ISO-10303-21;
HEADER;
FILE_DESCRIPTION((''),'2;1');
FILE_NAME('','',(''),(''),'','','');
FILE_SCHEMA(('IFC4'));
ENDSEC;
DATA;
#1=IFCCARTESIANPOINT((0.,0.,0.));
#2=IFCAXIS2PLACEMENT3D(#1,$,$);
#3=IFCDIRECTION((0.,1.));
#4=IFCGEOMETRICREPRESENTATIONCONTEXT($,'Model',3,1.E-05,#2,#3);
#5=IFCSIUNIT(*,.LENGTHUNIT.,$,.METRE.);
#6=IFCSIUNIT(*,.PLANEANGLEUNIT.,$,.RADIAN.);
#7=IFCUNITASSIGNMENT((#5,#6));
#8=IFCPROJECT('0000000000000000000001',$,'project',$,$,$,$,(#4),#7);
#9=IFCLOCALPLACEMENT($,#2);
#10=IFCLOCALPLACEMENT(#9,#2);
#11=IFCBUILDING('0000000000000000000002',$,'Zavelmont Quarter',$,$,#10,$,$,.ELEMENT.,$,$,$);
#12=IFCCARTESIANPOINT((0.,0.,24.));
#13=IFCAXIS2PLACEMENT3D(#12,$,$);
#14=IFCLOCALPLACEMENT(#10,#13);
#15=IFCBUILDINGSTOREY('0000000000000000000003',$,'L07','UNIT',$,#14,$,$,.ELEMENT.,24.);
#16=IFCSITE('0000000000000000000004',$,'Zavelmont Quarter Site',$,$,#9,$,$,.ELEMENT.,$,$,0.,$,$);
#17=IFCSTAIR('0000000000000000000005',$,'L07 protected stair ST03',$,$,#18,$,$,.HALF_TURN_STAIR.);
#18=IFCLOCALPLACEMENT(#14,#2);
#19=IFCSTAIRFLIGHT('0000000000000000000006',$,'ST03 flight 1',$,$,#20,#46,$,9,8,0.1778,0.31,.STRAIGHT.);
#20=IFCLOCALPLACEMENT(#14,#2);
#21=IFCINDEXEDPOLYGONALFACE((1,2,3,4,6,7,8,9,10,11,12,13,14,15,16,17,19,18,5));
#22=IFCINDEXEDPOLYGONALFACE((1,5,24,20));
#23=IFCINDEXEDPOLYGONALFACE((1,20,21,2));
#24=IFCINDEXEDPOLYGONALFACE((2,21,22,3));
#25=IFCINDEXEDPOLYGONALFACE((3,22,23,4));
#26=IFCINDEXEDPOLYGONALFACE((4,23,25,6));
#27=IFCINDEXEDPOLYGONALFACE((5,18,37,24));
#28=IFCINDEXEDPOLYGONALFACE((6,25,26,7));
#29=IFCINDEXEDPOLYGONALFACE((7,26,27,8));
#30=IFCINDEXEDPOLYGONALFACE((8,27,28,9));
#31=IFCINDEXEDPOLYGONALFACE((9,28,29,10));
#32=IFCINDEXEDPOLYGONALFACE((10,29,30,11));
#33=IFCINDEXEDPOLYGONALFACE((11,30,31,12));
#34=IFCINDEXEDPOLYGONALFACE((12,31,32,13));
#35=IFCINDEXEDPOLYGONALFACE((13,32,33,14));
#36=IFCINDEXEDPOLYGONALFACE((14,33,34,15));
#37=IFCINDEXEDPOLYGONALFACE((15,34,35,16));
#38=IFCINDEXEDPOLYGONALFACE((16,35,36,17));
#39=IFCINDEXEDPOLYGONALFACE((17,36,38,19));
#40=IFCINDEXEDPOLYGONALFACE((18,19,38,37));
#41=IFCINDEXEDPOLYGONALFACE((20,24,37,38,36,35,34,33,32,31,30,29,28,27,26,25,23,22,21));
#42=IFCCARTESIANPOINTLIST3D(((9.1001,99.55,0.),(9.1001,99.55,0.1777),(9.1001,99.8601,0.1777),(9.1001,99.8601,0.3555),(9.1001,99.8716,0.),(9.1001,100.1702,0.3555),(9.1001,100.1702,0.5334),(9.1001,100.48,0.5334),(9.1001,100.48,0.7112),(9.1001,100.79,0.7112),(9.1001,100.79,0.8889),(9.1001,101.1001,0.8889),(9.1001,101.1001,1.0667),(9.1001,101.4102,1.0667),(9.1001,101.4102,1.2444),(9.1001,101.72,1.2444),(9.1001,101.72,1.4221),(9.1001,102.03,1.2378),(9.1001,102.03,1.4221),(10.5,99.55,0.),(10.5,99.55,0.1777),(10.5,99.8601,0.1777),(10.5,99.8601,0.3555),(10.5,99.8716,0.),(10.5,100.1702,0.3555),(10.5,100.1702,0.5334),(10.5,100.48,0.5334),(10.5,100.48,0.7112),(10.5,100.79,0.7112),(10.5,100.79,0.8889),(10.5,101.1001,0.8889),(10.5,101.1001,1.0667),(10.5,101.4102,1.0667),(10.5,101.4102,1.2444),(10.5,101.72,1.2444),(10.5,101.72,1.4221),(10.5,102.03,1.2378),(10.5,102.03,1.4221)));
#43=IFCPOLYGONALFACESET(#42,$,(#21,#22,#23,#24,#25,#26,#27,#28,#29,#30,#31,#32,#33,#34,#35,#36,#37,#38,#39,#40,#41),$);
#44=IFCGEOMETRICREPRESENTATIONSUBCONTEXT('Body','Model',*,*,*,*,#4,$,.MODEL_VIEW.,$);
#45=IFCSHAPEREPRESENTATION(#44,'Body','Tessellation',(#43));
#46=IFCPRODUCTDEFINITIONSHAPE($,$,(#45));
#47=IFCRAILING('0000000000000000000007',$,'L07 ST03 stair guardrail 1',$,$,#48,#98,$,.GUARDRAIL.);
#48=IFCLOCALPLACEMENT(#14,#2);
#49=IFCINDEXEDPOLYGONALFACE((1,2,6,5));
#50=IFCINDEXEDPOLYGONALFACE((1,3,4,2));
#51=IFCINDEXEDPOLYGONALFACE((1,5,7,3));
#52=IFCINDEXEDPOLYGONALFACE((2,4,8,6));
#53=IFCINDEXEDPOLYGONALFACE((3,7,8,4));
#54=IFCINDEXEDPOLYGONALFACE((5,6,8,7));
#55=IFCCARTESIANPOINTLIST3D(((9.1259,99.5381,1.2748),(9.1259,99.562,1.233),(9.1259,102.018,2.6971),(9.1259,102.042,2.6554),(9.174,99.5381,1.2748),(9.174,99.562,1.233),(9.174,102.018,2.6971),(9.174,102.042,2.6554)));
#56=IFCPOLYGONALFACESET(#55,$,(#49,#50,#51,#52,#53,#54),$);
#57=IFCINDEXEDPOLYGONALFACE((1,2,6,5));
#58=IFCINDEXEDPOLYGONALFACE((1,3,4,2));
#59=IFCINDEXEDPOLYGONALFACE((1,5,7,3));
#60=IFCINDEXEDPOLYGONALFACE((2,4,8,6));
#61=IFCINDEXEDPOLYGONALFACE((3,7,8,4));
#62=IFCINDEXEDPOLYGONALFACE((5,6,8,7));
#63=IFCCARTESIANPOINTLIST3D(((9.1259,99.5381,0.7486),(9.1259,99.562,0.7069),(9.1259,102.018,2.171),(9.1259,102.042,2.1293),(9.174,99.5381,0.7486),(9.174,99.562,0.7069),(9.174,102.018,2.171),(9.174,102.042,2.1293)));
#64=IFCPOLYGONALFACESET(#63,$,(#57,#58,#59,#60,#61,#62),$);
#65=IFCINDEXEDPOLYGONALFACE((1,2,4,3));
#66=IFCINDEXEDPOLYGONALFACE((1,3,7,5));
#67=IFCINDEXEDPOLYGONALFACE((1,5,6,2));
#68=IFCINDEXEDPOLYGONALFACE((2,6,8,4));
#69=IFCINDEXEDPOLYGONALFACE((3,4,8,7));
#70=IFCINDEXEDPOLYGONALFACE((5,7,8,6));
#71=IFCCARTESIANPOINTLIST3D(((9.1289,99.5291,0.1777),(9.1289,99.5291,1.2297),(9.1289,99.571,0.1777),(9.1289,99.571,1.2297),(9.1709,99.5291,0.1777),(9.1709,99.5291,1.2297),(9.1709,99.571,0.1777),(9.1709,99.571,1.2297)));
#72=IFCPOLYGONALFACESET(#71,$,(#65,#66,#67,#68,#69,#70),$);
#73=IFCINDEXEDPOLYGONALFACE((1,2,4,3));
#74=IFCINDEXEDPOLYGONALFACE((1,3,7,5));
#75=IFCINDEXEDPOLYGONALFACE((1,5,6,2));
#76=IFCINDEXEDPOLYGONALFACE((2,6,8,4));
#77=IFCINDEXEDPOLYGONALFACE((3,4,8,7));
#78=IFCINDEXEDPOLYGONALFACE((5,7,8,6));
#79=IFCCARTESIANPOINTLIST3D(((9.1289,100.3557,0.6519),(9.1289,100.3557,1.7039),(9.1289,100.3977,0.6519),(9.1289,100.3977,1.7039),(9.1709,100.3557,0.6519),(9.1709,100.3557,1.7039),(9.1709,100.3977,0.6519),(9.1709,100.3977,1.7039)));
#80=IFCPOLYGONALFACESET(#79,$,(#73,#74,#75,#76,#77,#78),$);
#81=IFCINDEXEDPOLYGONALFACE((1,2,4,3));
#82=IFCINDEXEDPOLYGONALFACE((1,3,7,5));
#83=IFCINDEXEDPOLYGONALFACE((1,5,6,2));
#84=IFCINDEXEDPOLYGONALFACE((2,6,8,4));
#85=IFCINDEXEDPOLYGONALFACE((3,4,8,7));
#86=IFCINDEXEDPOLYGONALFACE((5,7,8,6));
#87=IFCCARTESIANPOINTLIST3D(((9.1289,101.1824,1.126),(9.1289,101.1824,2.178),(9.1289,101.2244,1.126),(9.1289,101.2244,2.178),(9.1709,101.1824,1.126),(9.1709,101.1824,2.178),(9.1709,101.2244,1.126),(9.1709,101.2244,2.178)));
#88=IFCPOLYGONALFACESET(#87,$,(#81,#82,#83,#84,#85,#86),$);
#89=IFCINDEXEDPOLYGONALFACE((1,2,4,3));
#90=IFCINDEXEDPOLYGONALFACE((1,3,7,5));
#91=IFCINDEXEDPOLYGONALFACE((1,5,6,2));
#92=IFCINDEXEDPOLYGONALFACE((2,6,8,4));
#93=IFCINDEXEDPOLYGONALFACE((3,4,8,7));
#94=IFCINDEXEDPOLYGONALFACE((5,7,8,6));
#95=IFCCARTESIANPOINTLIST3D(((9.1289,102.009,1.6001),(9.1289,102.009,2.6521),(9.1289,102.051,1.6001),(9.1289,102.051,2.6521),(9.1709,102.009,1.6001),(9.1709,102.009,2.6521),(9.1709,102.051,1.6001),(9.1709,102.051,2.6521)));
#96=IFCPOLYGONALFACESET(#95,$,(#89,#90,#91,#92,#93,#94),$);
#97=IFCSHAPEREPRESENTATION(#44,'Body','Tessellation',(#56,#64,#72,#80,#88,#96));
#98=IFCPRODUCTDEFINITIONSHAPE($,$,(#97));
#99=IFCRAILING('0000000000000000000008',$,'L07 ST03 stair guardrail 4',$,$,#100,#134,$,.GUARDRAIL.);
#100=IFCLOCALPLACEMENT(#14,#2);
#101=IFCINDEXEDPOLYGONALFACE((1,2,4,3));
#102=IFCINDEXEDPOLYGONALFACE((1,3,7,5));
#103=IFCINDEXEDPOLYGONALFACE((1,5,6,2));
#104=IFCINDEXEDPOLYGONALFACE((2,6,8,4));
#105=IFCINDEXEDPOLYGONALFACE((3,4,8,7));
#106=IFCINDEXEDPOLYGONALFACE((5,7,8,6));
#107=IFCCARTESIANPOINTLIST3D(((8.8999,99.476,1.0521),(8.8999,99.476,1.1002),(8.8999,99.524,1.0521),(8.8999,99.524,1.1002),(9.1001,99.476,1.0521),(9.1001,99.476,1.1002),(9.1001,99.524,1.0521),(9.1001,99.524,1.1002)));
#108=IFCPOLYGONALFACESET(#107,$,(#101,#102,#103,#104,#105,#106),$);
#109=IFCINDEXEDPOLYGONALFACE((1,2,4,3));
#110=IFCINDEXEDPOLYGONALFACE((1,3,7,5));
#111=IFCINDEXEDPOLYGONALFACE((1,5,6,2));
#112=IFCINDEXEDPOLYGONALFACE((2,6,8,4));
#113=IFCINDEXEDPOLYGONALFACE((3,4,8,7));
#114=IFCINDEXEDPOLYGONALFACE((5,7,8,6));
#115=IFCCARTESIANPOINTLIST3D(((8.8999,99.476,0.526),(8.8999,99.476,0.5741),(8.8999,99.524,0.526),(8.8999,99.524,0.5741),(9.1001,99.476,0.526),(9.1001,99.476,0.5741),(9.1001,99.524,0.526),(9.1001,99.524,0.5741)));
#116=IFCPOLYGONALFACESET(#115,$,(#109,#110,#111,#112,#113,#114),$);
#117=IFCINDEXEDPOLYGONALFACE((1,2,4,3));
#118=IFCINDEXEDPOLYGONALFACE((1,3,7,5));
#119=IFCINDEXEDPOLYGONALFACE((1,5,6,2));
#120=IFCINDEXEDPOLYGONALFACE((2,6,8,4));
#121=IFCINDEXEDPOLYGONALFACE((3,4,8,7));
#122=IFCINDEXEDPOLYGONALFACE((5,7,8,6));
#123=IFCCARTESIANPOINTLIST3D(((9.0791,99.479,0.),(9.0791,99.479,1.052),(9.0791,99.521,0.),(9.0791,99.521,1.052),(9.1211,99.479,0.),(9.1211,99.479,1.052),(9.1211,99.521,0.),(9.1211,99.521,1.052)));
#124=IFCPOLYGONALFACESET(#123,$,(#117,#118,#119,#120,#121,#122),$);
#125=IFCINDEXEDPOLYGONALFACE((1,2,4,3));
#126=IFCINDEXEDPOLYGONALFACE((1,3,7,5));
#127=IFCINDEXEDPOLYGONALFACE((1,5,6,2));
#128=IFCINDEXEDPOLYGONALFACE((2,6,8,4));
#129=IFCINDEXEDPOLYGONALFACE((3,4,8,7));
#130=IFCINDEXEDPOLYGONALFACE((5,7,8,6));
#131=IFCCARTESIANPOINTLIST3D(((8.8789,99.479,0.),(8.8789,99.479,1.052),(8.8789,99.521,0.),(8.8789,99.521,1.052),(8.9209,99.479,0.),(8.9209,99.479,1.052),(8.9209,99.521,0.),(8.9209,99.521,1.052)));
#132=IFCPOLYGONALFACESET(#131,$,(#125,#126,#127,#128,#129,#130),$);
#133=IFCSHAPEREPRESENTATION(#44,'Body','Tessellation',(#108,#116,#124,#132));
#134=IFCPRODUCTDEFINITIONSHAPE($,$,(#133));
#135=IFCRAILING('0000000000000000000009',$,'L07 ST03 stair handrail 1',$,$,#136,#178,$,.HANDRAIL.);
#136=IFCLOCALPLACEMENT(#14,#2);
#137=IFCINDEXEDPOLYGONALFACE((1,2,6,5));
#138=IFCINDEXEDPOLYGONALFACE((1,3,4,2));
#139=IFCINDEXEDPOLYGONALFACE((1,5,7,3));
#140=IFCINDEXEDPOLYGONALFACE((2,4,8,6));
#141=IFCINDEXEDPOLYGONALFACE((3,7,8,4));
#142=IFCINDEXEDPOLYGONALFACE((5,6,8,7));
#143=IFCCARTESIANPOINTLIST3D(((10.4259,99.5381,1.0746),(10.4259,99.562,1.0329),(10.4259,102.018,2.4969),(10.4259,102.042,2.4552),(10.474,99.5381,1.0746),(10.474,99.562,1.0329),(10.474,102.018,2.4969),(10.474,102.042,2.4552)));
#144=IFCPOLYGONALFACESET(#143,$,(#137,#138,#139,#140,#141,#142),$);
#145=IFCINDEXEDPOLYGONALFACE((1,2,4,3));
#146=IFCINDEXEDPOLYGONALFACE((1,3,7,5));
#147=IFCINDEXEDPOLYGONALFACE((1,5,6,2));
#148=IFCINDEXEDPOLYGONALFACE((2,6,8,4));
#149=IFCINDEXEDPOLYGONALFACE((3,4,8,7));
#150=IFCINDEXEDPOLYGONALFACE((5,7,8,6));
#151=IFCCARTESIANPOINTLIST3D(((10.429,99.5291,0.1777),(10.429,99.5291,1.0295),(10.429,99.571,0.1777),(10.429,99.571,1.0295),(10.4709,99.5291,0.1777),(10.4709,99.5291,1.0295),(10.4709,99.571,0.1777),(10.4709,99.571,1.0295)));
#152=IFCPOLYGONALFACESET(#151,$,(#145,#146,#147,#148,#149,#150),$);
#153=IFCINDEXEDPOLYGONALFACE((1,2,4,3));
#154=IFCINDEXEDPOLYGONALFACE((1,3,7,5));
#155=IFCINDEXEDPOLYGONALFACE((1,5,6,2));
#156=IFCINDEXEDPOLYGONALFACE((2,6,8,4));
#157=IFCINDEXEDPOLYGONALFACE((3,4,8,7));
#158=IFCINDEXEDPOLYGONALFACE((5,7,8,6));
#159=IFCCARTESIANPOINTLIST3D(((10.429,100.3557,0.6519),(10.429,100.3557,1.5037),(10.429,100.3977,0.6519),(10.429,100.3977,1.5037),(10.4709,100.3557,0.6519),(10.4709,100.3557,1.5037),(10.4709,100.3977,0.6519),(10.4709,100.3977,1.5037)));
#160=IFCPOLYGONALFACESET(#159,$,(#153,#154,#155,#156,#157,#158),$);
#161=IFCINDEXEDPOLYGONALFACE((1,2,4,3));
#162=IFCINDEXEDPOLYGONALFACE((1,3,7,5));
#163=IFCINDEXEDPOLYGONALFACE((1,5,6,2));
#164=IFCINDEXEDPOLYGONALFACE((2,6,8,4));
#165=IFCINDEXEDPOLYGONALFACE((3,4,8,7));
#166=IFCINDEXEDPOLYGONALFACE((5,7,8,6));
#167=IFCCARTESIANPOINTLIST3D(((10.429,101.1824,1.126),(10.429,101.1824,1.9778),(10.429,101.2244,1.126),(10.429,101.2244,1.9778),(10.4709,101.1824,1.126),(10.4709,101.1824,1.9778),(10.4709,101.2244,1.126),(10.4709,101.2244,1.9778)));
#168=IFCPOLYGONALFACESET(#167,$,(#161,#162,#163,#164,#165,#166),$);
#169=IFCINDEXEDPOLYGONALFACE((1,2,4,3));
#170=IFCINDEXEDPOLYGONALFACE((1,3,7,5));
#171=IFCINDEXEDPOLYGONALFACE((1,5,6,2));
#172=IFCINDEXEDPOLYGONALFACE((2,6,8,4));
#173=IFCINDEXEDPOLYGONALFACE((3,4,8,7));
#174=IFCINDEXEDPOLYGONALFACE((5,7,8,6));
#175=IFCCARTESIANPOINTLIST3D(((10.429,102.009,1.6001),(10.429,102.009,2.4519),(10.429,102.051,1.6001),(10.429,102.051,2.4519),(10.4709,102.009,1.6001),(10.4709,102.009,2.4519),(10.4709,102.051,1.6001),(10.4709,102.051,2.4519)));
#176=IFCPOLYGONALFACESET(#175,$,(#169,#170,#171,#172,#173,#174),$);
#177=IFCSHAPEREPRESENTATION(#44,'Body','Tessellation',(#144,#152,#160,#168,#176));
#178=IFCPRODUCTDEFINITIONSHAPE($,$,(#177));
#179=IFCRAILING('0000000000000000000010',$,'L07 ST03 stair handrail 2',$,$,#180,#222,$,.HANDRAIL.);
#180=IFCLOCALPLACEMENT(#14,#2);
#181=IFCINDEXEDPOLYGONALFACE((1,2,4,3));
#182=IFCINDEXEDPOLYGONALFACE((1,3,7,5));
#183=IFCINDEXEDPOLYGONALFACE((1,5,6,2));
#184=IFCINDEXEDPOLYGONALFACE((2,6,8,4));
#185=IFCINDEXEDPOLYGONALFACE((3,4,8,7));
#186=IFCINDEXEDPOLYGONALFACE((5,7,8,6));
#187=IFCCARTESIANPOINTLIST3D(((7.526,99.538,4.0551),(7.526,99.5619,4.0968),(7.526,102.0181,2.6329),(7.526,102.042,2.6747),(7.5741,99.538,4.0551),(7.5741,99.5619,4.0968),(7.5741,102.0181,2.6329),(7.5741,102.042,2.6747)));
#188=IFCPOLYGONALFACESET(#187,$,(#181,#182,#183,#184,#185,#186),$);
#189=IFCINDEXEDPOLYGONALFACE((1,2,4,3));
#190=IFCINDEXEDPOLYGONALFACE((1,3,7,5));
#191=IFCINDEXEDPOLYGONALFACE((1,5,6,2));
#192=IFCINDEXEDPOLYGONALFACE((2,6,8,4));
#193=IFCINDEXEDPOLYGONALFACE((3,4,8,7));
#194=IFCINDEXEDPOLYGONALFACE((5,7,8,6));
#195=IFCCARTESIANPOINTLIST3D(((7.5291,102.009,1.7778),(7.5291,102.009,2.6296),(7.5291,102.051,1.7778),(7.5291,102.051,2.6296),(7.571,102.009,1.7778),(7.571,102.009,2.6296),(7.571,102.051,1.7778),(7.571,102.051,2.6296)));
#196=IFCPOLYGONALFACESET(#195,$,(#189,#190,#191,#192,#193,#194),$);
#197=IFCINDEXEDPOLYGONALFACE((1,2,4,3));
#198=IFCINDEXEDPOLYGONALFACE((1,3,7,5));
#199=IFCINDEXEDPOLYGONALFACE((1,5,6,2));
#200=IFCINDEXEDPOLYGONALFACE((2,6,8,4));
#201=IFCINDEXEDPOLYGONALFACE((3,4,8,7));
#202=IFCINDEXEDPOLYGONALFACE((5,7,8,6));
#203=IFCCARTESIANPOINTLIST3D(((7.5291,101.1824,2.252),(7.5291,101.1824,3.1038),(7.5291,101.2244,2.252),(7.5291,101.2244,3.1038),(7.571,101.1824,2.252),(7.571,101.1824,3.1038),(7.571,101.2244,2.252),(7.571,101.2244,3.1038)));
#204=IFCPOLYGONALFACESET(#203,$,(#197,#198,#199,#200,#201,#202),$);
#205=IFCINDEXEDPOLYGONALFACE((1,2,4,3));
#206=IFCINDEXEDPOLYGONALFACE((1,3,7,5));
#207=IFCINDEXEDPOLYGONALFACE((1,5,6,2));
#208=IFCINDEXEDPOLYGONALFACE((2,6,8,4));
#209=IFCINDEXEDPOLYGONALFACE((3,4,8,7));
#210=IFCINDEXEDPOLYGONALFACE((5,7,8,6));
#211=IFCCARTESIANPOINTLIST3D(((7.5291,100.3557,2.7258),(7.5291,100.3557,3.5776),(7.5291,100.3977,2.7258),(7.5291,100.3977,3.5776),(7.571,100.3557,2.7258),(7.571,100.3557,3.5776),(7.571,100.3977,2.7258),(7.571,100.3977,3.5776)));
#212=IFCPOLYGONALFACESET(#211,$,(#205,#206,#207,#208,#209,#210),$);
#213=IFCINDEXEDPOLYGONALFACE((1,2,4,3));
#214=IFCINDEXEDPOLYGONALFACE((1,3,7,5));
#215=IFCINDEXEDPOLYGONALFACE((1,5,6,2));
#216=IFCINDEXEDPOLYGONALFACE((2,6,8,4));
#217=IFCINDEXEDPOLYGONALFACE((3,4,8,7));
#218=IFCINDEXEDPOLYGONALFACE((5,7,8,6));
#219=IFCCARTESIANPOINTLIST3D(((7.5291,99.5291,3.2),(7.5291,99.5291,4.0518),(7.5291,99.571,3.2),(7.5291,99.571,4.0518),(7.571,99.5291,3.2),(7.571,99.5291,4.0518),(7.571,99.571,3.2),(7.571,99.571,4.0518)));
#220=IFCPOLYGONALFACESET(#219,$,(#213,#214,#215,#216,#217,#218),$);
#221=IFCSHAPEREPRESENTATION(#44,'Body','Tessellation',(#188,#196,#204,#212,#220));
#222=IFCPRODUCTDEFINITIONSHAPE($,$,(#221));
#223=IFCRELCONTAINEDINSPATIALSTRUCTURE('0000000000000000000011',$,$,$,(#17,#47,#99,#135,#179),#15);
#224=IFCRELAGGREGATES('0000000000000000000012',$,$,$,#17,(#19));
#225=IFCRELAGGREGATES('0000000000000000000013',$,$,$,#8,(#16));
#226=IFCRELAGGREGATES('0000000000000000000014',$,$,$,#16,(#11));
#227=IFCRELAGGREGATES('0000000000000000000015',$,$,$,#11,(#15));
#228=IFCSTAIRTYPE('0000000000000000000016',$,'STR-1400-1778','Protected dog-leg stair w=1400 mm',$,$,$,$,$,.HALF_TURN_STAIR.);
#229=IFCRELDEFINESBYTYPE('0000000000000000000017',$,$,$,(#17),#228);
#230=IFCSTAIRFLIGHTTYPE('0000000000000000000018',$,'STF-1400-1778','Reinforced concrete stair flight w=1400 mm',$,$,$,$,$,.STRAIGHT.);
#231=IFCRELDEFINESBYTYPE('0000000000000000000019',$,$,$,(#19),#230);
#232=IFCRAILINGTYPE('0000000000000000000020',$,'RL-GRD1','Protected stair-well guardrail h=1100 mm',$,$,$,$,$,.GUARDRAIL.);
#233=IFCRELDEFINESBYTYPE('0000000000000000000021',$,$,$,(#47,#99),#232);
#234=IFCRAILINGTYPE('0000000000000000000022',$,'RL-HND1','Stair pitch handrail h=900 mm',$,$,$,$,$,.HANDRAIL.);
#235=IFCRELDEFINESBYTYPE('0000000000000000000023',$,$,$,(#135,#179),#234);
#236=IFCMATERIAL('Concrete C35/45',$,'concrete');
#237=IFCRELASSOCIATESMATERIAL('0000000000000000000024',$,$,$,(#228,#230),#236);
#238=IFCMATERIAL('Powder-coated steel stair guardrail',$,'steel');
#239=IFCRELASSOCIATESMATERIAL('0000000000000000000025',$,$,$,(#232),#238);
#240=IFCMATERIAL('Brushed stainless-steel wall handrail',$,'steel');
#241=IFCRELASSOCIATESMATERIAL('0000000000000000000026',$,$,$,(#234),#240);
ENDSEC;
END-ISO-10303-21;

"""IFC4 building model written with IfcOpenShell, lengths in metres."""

from ifc_helpers import new_model, si_unit, direction, frame, origin, origin_2d, place, context, subcontext, project, spatial, polyline, rectangle, outline, extrude, material, type_object, element, aggregate, save


model = new_model("IFC4")

# Units and contexts
model_context = context("Model", 3, precision=1e-05, world=origin(), true_north=direction((0.0, 1.0)))
body_context = subcontext(model_context, "Body", "Model", "MODEL_VIEW")
ifc_project = project(units=[si_unit("LENGTHUNIT", "METRE"), si_unit("PLANEANGLEUNIT", "RADIAN")], contexts=[model_context])

# Site, building, storey
site_placement = place(None, origin())
site = spatial("IfcSite", under=ifc_project, at=site_placement, Name="Zavelmont Quarter Site", CompositionType="ELEMENT", RefElevation=0.0)
building_placement = place(site_placement, origin())
building = spatial("IfcBuilding", under=site, at=building_placement, Name="Zavelmont Quarter", CompositionType="ELEMENT")
storey_placement = place(building_placement, frame((0.0, 0.0, 24.0)))
storey = spatial("IfcBuildingStorey", under=building, at=storey_placement, Name="L07", Description="UNIT", CompositionType="ELEMENT", Elevation=24.0)

# Shared definitions
ifc_material_1 = material(Name="Concrete C35/45", Category="concrete")

# Stair, stair flight
stair_type = type_object("IfcStairType", Name="STR-1400-1778", Description="Protected dog-leg stair w=1400 mm", PredefinedType="HALF_TURN_STAIR", material=ifc_material_1)
stair_placement = place(storey_placement, origin())
stair = element("IfcStair", 1, at=stair_placement, inside=storey, type_object=stair_type, Name="L07 protected stair ST03", PredefinedType="HALF_TURN_STAIR")
stair_flight_type = type_object("IfcStairFlightType", Name="STF-1400-1778", Description="Reinforced concrete stair flight w=1400 mm", PredefinedType="STRAIGHT", material=ifc_material_1)
stair_flight_placement = place(storey_placement, frame((9.8, 99.55, 0.0), z_axis=(0.0, 0.0, 1.0), x_axis=(0.0, 1.0, 0.0)))
stair_flight = element("IfcStairFlight", 2, at=stair_flight_placement, type_object=stair_flight_type, Name="ST03 flight 1", NumberOfRisers=9, NumberOfTreads=8, PredefinedType="STRAIGHT", RiserHeight=0.1778, TreadLength=0.31, context=body_context, shape_type="SweptSolid", body=[
    extrude(outline(polyline([(0.0, 0.0), (0.0, 0.1777), (0.3101, 0.1777), (0.3101, 0.3555), (0.6201, 0.3555), (0.6201, 0.5334), (0.9299, 0.5334), (0.9299, 0.7112), (1.24, 0.7112), (1.24, 0.8889), (1.55, 0.8889), (1.55, 1.0667), (1.8601, 1.0667), (1.8601, 1.2444), (2.1699, 1.2444), (2.1699, 1.4221), (2.48, 1.4221), (2.48, 1.6001), (2.48, 1.2378), (0.3215, 0.0), (0.0, 0.0)])), frame((0.0, 0.7, 0.0), z_axis=(0.0, -1.0, 0.0), x_axis=(1.0, 0.0, 0.0)), (0.0, 0.0, 1.0), 1.3999),
])
aggregate(stair, [stair_flight])

# Railings
ifc_material_2 = material(Name="Powder-coated steel stair guardrail", Category="steel")
railing_type_1 = type_object("IfcRailingType", Name="RL-GRD1", Description="Protected stair-well guardrail h=1100 mm", PredefinedType="GUARDRAIL", material=ifc_material_2)
railing_1_placement = place(storey_placement, frame((9.1499, 99.55, 0.1777)))
element("IfcRailing", 3, at=railing_1_placement, inside=storey, type_object=railing_type_1, Name="L07 ST03 stair guardrail 1", PredefinedType="GUARDRAIL", context=body_context, shape_type="SweptSolid", body=[
    extrude(rectangle(XDim=0.0481, YDim=0.0481, at=origin_2d()), frame((0.0, 0.0, 1.0762), z_axis=(0.0, 0.867454, 0.497518), x_axis=(-1.0, 0.0, 0.0)), (0.0, 0.0, 1.0), 2.8589),
    extrude(rectangle(XDim=0.0481, YDim=0.0481, at=origin_2d()), frame((0.0, 0.0, 0.55), z_axis=(0.0, 0.867454, 0.497518), x_axis=(-1.0, 0.0, 0.0)), (0.0, 0.0, 1.0), 2.8589),
    extrude(rectangle(XDim=0.042, YDim=0.042, at=origin_2d()), origin(), (0.0, 0.0, 1.0), 1.052),
    extrude(rectangle(XDim=0.042, YDim=0.042, at=origin_2d()), frame((0.0, 0.8267, 0.4741)), (0.0, 0.0, 1.0), 1.052),
    extrude(rectangle(XDim=0.042, YDim=0.042, at=origin_2d()), frame((0.0, 1.6533, 0.9482)), (0.0, 0.0, 1.0), 1.052),
    extrude(rectangle(XDim=0.042, YDim=0.042, at=origin_2d()), frame((0.0, 2.48, 1.4224)), (0.0, 0.0, 1.0), 1.052),
])
railing_2_placement = place(storey_placement, frame((9.1001, 99.5, 0.0)))
element("IfcRailing", 4, at=railing_2_placement, inside=storey, type_object=railing_type_1, Name="L07 ST03 stair guardrail 4", PredefinedType="GUARDRAIL", context=body_context, shape_type="SweptSolid", body=[
    extrude(rectangle(XDim=0.0481, YDim=0.0481, at=origin_2d()), frame((0.0, 0.0, 1.0762), z_axis=(-1.0, 0.0, 0.0), x_axis=(0.0, -1.0, 0.0)), (0.0, 0.0, 1.0), 0.2002),
    extrude(rectangle(XDim=0.0481, YDim=0.0481, at=origin_2d()), frame((0.0, 0.0, 0.55), z_axis=(-1.0, 0.0, 0.0), x_axis=(0.0, -1.0, 0.0)), (0.0, 0.0, 1.0), 0.2002),
    extrude(rectangle(XDim=0.042, YDim=0.042, at=origin_2d()), origin(), (0.0, 0.0, 1.0), 1.052),
    extrude(rectangle(XDim=0.042, YDim=0.042, at=origin_2d()), frame((-0.2002, 0.0, 0.0)), (0.0, 0.0, 1.0), 1.052),
])
ifc_material_3 = material(Name="Brushed stainless-steel wall handrail", Category="steel")
railing_type_2 = type_object("IfcRailingType", Name="RL-HND1", Description="Stair pitch handrail h=900 mm", PredefinedType="HANDRAIL", material=ifc_material_3)
railing_3_placement = place(storey_placement, frame((10.45, 99.55, 0.1777)))
element("IfcRailing", 5, at=railing_3_placement, inside=storey, type_object=railing_type_2, Name="L07 ST03 stair handrail 1", PredefinedType="HANDRAIL", context=body_context, shape_type="SweptSolid", body=[
    extrude(rectangle(XDim=0.0481, YDim=0.0481, at=origin_2d()), frame((0.0, 0.0, 0.876), z_axis=(0.0, 0.867454, 0.497518), x_axis=(-1.0, 0.0, 0.0)), (0.0, 0.0, 1.0), 2.8589),
    extrude(rectangle(XDim=0.042, YDim=0.042, at=origin_2d()), origin(), (0.0, 0.0, 1.0), 0.8518),
    extrude(rectangle(XDim=0.042, YDim=0.042, at=origin_2d()), frame((0.0, 0.8267, 0.4741)), (0.0, 0.0, 1.0), 0.8518),
    extrude(rectangle(XDim=0.042, YDim=0.042, at=origin_2d()), frame((0.0, 1.6533, 0.9482)), (0.0, 0.0, 1.0), 0.8518),
    extrude(rectangle(XDim=0.042, YDim=0.042, at=origin_2d()), frame((0.0, 2.48, 1.4224)), (0.0, 0.0, 1.0), 0.8518),
])
railing_4_placement = place(storey_placement, frame((7.55, 102.03, 1.7778)))
element("IfcRailing", 6, at=railing_4_placement, inside=storey, type_object=railing_type_2, Name="L07 ST03 stair handrail 2", PredefinedType="HANDRAIL", context=body_context, shape_type="SweptSolid", body=[
    extrude(rectangle(XDim=0.0481, YDim=0.0481, at=origin_2d()), frame((0.0, 0.0, 0.876), z_axis=(0.0, -0.867491, 0.497454), x_axis=(1.0, 0.0, 0.0)), (0.0, 0.0, 1.0), 2.8589),
    extrude(rectangle(XDim=0.042, YDim=0.042, at=origin_2d()), origin(), (0.0, 0.0, 1.0), 0.8518),
    extrude(rectangle(XDim=0.042, YDim=0.042, at=origin_2d()), frame((0.0, -0.8267, 0.4741)), (0.0, 0.0, 1.0), 0.8518),
    extrude(rectangle(XDim=0.042, YDim=0.042, at=origin_2d()), frame((0.0, -1.6533, 0.948)), (0.0, 0.0, 1.0), 0.8518),
    extrude(rectangle(XDim=0.042, YDim=0.042, at=origin_2d()), frame((0.0, -2.48, 1.4221)), (0.0, 0.0, 1.0), 0.8518),
])

save(model, "model.ifc")
